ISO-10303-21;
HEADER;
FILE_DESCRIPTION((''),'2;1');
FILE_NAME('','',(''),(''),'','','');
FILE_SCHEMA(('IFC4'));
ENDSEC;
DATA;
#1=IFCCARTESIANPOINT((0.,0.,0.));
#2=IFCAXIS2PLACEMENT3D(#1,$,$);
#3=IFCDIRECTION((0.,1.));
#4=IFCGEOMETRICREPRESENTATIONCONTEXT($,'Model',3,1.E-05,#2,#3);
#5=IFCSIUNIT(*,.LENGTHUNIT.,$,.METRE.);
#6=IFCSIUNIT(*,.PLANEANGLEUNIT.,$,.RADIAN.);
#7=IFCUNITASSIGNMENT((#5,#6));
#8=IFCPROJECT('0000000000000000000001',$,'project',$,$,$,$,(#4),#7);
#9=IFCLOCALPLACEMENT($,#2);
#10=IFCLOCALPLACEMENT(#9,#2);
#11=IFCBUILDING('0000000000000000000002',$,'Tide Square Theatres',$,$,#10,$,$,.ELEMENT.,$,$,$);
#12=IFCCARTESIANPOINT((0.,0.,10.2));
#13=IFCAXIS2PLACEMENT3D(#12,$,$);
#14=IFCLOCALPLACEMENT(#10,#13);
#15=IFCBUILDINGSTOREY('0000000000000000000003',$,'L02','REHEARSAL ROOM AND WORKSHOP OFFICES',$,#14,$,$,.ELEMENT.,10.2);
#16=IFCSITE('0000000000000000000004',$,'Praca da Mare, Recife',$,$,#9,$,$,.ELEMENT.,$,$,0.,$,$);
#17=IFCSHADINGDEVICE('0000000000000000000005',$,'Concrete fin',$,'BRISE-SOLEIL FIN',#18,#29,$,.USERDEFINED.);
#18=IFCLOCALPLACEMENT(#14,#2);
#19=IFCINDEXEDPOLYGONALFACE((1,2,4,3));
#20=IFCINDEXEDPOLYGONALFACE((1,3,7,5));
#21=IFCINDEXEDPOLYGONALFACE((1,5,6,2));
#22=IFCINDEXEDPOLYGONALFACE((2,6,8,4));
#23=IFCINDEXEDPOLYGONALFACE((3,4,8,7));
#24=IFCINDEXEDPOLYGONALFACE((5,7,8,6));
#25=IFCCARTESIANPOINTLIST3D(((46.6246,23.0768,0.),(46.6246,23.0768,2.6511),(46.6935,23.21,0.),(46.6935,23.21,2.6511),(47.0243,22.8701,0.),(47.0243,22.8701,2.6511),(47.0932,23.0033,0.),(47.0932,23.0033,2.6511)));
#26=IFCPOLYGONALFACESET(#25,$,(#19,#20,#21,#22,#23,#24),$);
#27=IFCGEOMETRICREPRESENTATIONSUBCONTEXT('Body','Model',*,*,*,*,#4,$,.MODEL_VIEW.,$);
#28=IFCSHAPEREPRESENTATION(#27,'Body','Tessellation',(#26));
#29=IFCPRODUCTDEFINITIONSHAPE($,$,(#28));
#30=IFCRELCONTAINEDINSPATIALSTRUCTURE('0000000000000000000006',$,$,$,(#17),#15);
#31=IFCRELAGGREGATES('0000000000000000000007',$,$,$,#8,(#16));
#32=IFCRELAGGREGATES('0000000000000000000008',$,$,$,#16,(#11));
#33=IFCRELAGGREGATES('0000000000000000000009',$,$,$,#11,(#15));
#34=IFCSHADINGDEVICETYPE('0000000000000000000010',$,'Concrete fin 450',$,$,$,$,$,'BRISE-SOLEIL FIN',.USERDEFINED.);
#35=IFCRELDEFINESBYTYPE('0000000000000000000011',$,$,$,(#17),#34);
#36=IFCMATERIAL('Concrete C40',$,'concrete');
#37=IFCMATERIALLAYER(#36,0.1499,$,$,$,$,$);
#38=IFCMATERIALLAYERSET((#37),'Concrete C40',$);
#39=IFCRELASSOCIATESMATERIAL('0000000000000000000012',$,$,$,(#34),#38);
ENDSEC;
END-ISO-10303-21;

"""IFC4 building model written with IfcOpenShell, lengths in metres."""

from ifc_helpers import new_model, si_unit, direction, frame, origin, origin_2d, place, context, subcontext, project, spatial, rectangle, extrude, material, layer, layer_set, type_object, element, save


model = new_model("IFC4")

# Units and contexts
model_context = context("Model", 3, precision=1e-05, world=origin(), true_north=direction((0.0, 1.0)))
body_context = subcontext(model_context, "Body", "Model", "MODEL_VIEW")
ifc_project = project(units=[si_unit("LENGTHUNIT", "METRE"), si_unit("PLANEANGLEUNIT", "RADIAN")], contexts=[model_context])

# Site, building, storey
site_placement = place(None, origin())
site = spatial("IfcSite", under=ifc_project, at=site_placement, Name="Praca da Mare, Recife", CompositionType="ELEMENT", RefElevation=0.0)
building_placement = place(site_placement, origin())
building = spatial("IfcBuilding", under=site, at=building_placement, Name="Tide Square Theatres", CompositionType="ELEMENT")
storey_placement = place(building_placement, frame((0.0, 0.0, 10.2)))
storey = spatial("IfcBuildingStorey", under=building, at=storey_placement, Name="L02", Description="REHEARSAL ROOM AND WORKSHOP OFFICES", CompositionType="ELEMENT", Elevation=10.2)

# Shading device
ifc_material_1 = material(Name="Concrete C40", Category="concrete")
ifc_layer_1 = layer(ifc_material_1, 0.1499)
ifc_layer_set_1 = layer_set([ifc_layer_1], Name="Concrete C40")
shading_device_type = type_object("IfcShadingDeviceType", Name="Concrete fin 450", ElementType="BRISE-SOLEIL FIN", PredefinedType="USERDEFINED", material=ifc_layer_set_1)
for number, where, z_axis, x_axis, name in (
    (1, (46.8589, 23.04, 0.0), (0.0, 0.0, 1.0), (0.459316, 0.888273, 0.0), "Concrete fin"),
):
    element("IfcShadingDevice", number, at=place(storey_placement, frame(where, z_axis=z_axis, x_axis=x_axis)), inside=storey, type_object=shading_device_type, Name=name, ObjectType="BRISE-SOLEIL FIN", PredefinedType="USERDEFINED", context=body_context, shape_type="SweptSolid", body=[
        extrude(rectangle(XDim=0.1499, YDim=0.45, at=origin_2d()), origin(), (0.0, 0.0, 1.0), 2.6511),
    ])

save(model, "model.ifc")
